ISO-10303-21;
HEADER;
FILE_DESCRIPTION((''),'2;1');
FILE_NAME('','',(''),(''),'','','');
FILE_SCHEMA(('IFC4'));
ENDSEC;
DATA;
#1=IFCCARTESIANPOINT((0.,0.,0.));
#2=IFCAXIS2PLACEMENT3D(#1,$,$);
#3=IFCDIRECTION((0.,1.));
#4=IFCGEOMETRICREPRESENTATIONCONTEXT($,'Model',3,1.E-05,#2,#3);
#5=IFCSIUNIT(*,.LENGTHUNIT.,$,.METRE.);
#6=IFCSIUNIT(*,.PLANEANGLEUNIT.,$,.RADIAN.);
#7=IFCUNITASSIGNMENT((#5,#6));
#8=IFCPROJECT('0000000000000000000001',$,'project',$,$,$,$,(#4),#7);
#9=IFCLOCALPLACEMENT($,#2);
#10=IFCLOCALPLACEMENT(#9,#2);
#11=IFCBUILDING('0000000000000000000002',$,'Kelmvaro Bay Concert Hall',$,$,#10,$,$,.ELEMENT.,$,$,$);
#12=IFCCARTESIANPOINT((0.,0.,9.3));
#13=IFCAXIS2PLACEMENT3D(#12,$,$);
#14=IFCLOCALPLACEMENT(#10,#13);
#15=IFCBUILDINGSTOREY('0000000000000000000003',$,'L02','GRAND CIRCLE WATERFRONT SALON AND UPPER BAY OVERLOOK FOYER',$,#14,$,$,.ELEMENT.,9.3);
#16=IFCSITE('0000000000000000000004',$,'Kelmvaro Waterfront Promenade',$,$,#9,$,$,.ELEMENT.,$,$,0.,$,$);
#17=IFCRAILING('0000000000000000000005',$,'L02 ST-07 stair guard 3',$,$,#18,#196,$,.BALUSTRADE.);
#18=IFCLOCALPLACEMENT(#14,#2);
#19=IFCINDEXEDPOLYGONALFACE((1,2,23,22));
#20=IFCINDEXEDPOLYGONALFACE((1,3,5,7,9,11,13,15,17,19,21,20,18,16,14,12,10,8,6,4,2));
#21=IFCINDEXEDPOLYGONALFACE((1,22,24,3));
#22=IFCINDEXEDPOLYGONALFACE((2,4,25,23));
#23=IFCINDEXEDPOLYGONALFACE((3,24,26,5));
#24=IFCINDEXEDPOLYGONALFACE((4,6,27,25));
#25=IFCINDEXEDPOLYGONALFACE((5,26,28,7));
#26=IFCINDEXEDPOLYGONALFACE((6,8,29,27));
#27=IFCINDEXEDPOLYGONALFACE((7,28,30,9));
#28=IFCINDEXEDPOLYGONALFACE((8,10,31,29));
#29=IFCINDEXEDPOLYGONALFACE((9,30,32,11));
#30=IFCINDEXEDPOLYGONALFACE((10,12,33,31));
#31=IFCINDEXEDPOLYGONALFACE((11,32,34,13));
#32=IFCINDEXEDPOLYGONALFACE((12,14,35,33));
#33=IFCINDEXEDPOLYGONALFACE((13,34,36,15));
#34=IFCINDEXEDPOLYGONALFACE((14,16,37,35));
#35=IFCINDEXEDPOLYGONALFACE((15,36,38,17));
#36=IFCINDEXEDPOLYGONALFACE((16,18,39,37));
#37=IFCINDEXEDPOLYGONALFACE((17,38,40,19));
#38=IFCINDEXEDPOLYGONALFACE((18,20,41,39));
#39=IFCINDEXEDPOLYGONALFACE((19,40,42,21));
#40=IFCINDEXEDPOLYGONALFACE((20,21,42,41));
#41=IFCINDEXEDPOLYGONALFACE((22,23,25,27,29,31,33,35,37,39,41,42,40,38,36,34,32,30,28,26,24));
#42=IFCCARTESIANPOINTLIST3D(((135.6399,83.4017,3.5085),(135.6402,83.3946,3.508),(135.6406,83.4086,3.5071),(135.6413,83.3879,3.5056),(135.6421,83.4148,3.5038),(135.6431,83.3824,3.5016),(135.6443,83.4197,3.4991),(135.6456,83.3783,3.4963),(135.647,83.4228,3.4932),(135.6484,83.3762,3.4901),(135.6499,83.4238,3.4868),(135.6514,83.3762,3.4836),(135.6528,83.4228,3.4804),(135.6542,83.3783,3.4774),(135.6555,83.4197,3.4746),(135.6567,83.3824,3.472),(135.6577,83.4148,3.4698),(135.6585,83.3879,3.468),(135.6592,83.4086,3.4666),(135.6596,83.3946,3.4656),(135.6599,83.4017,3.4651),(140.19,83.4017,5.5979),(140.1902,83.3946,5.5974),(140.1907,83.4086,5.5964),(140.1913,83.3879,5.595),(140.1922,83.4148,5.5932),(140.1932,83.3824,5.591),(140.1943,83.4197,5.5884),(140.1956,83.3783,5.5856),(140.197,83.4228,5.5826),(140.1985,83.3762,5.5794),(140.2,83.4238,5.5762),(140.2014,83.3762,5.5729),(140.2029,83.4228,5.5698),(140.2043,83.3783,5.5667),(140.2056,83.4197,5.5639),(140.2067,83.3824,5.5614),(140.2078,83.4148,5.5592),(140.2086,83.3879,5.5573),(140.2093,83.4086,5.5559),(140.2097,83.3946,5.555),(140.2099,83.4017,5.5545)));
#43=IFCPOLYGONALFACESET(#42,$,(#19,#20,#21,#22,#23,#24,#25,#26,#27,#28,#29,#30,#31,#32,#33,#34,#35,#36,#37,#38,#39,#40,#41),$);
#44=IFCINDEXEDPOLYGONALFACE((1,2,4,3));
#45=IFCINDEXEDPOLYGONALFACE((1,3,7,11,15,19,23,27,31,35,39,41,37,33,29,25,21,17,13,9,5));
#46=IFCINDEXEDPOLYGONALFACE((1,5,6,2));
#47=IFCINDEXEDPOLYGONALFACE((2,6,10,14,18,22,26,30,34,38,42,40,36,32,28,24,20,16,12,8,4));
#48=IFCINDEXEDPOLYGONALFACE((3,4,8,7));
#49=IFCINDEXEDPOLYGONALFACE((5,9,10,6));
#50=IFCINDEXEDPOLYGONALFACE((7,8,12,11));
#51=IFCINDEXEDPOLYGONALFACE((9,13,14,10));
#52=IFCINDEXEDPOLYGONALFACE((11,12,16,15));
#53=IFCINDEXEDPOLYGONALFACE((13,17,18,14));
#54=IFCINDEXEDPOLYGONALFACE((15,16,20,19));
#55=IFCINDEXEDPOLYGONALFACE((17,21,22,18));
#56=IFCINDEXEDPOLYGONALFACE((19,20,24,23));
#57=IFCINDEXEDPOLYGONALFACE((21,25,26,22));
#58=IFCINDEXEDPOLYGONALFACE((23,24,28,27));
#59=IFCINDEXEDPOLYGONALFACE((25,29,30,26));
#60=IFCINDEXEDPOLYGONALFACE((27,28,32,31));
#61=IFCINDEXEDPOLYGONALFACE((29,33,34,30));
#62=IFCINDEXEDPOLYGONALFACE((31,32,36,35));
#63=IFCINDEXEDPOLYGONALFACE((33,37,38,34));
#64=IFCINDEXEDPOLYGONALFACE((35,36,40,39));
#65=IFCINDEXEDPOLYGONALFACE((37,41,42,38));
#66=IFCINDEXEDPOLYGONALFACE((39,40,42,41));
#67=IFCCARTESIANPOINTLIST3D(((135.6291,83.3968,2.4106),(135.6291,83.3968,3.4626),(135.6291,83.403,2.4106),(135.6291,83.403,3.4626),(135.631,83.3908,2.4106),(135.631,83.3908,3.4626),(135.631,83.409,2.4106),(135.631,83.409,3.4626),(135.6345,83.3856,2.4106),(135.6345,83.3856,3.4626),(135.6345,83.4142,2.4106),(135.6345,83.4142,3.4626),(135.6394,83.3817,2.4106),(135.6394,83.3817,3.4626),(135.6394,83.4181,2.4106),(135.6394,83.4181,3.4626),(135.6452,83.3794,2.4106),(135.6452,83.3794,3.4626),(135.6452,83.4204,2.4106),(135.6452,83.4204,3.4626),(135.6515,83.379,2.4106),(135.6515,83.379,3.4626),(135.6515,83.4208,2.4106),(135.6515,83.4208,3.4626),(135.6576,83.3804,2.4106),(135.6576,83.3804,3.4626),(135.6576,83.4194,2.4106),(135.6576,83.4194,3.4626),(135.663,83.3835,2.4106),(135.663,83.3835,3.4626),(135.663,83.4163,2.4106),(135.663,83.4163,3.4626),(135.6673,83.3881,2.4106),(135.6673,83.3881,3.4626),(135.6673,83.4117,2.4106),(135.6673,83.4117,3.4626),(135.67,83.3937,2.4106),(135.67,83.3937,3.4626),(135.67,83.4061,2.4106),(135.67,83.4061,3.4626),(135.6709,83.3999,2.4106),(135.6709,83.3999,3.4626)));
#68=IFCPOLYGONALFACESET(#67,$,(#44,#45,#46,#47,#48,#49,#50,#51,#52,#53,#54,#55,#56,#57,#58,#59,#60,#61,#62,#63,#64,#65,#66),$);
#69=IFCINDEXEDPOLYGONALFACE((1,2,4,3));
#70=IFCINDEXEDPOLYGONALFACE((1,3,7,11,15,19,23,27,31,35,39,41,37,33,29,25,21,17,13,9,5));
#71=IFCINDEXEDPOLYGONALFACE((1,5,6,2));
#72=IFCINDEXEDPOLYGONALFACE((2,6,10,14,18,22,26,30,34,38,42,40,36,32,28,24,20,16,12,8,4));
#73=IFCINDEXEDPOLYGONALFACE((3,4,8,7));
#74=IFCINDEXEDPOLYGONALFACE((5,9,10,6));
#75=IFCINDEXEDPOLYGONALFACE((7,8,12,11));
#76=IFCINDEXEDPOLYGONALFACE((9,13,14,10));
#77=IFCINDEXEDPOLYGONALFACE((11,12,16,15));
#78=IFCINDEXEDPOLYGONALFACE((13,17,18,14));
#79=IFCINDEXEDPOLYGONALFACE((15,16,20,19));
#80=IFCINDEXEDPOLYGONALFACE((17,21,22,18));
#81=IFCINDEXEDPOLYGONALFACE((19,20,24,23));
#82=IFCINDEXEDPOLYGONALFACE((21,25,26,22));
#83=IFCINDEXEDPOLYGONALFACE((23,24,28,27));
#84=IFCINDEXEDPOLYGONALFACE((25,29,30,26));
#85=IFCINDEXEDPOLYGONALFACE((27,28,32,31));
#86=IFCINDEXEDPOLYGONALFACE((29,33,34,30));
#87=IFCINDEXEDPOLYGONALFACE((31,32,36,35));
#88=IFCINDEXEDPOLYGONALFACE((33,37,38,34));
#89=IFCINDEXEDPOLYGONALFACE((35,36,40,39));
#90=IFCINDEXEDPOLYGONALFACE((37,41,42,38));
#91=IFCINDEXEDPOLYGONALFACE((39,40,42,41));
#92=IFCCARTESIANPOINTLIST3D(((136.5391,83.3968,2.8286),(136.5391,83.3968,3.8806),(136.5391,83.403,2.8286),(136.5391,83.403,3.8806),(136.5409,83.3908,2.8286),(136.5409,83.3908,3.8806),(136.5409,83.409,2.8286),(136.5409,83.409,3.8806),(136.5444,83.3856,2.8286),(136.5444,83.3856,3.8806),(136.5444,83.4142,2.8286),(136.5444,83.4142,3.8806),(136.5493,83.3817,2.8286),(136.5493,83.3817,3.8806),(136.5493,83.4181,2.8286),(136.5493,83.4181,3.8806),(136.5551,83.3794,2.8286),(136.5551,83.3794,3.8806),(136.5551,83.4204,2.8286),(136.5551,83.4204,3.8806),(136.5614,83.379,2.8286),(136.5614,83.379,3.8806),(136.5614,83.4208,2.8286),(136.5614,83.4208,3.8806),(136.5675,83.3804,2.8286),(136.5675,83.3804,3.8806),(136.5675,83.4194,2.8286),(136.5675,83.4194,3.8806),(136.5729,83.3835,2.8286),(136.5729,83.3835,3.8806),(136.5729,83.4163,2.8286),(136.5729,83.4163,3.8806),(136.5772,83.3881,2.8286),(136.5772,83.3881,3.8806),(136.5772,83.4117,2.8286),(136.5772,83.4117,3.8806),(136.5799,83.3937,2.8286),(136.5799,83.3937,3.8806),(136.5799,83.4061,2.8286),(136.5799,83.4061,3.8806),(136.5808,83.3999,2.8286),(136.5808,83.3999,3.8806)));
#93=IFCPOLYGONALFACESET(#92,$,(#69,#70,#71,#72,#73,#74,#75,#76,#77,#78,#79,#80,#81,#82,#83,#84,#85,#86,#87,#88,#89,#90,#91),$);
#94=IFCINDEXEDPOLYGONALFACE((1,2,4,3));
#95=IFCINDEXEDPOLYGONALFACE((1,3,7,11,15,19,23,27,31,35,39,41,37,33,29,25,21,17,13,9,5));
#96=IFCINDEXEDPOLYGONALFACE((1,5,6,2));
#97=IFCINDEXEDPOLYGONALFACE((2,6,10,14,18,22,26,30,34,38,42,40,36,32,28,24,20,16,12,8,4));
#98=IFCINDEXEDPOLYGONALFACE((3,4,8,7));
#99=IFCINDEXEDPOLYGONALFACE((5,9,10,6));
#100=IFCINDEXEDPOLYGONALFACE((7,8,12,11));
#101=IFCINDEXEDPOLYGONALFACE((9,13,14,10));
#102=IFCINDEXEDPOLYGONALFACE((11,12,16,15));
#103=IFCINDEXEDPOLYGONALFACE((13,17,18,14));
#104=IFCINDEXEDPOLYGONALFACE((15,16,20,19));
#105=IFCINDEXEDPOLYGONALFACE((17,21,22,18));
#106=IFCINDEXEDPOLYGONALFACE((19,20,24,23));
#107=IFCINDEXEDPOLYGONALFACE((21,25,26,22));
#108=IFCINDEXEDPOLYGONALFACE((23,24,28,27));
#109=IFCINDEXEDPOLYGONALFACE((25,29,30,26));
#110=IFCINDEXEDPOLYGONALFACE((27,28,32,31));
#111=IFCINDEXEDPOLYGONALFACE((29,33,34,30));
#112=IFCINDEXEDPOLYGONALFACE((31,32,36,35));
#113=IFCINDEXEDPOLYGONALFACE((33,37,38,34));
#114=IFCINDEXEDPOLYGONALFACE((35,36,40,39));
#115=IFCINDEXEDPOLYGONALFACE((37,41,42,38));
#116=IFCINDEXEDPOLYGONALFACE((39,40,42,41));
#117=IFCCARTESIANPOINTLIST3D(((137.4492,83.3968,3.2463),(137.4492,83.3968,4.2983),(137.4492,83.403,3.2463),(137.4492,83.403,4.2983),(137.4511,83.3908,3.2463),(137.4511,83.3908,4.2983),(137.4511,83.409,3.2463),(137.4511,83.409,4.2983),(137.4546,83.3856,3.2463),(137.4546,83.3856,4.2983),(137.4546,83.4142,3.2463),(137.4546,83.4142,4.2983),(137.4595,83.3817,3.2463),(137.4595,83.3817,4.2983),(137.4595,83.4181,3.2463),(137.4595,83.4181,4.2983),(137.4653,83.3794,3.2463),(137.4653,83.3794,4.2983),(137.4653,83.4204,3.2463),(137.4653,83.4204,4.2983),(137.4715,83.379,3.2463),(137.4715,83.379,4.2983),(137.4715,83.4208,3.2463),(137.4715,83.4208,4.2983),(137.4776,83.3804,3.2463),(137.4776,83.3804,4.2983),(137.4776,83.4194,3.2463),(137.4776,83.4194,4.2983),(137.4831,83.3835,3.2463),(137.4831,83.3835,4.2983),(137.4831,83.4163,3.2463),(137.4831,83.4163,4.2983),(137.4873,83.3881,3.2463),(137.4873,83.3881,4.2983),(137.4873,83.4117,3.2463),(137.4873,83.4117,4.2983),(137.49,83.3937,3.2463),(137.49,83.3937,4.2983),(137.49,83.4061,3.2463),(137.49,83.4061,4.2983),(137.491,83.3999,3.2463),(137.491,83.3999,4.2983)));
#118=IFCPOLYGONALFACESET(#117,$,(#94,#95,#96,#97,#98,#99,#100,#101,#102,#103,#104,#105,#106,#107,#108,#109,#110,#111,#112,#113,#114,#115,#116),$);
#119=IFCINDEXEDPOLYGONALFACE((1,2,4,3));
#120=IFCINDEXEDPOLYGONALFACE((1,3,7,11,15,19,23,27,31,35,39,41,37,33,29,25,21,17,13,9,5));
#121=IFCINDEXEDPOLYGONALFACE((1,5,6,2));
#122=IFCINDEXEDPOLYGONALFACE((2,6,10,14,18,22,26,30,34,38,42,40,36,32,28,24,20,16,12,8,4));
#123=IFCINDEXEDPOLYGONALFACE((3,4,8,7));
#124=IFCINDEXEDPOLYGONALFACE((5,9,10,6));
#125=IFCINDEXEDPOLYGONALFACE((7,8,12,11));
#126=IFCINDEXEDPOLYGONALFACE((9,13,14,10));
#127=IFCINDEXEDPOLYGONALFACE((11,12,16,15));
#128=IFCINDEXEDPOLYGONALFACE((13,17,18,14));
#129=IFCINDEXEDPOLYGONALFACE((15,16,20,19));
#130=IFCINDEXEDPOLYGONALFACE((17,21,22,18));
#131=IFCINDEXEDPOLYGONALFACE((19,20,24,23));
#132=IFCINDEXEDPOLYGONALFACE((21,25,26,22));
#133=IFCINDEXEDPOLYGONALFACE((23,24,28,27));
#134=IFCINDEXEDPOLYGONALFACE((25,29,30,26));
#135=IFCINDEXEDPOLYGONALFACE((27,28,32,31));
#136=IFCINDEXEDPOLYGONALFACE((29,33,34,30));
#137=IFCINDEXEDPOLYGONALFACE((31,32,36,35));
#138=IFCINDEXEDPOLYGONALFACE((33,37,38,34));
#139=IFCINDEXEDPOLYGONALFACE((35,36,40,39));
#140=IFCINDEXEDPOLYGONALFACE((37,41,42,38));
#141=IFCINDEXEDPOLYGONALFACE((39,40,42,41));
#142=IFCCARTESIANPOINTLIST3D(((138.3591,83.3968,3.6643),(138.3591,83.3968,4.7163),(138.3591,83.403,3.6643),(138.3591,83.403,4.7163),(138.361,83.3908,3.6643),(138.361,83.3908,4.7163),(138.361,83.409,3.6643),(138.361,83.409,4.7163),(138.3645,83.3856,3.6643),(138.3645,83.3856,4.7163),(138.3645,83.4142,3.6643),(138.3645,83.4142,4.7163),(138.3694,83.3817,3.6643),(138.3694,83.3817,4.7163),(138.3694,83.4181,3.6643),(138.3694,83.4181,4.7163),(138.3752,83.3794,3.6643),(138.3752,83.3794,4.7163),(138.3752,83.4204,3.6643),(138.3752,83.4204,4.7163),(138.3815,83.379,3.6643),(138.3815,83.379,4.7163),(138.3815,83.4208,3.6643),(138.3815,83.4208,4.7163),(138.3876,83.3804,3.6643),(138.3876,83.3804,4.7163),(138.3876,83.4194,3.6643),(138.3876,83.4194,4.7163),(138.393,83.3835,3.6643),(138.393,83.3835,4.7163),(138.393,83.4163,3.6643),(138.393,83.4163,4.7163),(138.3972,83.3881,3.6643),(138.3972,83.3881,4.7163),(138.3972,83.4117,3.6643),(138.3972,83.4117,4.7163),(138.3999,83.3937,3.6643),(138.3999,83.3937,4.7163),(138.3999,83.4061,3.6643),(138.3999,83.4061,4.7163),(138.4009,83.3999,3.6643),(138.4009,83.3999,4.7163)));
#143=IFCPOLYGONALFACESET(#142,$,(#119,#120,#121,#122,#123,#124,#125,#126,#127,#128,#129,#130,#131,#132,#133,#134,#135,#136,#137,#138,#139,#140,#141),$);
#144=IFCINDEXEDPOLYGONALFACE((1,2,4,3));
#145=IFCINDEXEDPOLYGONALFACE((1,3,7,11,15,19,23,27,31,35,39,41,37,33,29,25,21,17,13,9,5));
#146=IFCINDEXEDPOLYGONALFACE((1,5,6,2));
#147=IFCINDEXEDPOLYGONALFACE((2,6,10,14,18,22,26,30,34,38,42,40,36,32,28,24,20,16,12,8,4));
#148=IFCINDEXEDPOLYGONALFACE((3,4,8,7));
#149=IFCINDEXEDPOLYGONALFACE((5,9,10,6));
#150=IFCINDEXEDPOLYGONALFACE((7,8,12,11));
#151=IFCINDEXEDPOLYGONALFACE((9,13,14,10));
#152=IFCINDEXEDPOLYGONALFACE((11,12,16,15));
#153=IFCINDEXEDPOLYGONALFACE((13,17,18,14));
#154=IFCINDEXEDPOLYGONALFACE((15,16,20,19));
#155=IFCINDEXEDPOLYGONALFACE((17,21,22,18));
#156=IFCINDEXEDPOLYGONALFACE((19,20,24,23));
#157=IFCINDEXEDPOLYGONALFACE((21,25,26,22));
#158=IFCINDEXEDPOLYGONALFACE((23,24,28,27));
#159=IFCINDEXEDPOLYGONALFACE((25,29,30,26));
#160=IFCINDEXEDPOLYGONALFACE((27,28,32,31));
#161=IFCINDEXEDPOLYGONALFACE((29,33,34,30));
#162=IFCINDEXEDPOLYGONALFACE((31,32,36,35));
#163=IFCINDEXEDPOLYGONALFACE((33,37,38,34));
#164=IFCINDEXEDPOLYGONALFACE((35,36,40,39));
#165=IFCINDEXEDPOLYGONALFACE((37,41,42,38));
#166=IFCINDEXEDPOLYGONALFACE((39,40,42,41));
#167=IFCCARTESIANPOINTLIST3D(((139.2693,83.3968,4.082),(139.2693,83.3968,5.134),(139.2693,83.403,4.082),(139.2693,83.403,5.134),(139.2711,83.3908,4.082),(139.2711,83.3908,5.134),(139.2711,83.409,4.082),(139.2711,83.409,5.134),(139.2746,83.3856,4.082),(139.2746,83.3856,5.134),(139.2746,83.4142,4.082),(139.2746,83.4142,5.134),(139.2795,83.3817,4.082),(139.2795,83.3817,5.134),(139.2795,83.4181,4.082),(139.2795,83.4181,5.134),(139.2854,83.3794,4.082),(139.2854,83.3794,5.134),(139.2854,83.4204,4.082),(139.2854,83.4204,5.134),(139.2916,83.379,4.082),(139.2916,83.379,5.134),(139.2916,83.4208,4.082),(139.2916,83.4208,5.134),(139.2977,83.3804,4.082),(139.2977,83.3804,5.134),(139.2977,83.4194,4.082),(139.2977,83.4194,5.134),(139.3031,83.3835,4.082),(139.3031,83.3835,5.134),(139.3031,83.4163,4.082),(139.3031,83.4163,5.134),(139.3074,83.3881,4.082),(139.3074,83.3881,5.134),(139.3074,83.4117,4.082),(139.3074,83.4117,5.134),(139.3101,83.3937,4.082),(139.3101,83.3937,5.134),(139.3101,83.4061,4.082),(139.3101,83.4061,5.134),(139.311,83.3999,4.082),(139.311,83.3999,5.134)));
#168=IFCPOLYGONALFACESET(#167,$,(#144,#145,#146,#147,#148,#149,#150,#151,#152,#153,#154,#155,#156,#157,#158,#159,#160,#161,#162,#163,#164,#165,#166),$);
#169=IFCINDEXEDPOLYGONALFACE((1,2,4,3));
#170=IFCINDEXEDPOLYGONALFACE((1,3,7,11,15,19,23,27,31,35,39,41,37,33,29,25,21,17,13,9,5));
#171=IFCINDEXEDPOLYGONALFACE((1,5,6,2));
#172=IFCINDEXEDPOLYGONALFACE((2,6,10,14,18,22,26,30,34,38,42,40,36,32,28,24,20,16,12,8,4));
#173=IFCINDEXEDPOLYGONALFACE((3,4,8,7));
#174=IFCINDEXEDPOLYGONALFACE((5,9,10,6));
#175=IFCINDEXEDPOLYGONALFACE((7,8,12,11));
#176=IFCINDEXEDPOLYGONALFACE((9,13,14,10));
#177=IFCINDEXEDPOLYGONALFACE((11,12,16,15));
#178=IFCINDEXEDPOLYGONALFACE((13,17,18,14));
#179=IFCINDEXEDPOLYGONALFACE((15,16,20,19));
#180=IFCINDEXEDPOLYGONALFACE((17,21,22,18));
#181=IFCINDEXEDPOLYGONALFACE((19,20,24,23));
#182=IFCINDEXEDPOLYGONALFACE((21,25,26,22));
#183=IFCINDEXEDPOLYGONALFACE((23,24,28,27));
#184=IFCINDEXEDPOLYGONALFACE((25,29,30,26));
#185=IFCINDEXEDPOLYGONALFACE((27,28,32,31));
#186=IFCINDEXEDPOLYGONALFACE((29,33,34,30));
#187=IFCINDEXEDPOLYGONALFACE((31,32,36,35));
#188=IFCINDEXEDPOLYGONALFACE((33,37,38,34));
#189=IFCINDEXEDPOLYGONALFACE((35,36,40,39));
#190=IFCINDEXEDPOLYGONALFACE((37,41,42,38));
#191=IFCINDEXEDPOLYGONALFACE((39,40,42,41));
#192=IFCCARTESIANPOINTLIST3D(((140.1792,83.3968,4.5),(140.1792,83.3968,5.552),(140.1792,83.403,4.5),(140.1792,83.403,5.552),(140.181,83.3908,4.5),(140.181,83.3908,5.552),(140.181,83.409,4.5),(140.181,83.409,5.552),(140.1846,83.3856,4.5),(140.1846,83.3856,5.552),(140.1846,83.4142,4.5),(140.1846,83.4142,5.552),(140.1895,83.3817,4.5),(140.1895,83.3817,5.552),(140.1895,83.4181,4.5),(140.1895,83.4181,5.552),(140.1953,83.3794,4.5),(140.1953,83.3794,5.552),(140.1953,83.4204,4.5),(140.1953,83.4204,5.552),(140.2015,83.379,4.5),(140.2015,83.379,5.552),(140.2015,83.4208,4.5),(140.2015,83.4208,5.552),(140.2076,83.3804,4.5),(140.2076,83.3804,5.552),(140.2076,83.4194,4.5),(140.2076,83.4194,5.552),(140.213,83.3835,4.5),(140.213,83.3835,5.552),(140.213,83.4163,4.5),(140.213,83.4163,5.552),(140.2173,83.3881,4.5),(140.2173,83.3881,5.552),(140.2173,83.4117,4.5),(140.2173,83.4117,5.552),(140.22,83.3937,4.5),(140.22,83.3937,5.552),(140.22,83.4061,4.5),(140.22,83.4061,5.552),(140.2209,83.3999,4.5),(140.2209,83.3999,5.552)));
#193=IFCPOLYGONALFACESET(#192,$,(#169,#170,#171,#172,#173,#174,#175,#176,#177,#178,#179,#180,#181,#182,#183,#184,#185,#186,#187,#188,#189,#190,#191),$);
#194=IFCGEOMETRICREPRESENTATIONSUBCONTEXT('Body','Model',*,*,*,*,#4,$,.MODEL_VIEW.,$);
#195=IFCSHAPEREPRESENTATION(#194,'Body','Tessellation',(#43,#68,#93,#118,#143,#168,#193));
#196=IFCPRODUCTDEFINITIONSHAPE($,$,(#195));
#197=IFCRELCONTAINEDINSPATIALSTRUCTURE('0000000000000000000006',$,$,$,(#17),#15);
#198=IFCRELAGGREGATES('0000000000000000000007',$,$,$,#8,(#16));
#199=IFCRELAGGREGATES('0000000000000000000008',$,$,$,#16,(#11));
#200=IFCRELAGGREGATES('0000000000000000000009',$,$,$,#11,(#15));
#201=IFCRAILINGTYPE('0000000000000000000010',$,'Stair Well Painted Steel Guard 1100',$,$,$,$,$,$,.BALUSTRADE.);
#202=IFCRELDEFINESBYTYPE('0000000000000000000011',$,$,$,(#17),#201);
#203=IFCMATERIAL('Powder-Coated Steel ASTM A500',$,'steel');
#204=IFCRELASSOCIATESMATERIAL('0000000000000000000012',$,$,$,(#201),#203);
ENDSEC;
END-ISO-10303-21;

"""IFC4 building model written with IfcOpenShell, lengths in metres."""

from ifc_helpers import new_model, si_unit, direction, frame, origin, origin_2d, place, context, subcontext, project, spatial, circle, extrude, material, type_object, element, save


model = new_model("IFC4")

# Units and contexts
model_context = context("Model", 3, precision=1e-05, world=origin(), true_north=direction((0.0, 1.0)))
body_context = subcontext(model_context, "Body", "Model", "MODEL_VIEW")
ifc_project = project(units=[si_unit("LENGTHUNIT", "METRE"), si_unit("PLANEANGLEUNIT", "RADIAN")], contexts=[model_context])

# Site, building, storey
site_placement = place(None, origin())
site = spatial("IfcSite", under=ifc_project, at=site_placement, Name="Kelmvaro Waterfront Promenade", CompositionType="ELEMENT", RefElevation=0.0)
building_placement = place(site_placement, origin())
building = spatial("IfcBuilding", under=site, at=building_placement, Name="Kelmvaro Bay Concert Hall", CompositionType="ELEMENT")
storey_placement = place(building_placement, frame((0.0, 0.0, 9.3)))
storey = spatial("IfcBuildingStorey", under=building, at=storey_placement, Name="L02", Description="GRAND CIRCLE WATERFRONT SALON AND UPPER BAY OVERLOOK FOYER", CompositionType="ELEMENT", Elevation=9.3)

# Railing
ifc_material_1 = material(Name="Powder-Coated Steel ASTM A500", Category="steel")
railing_type_1 = type_object("IfcRailingType", Name="Stair Well Painted Steel Guard 1100", PredefinedType="BALUSTRADE", material=ifc_material_1)
railing_1_placement = place(storey_placement, frame((135.6499, 83.3999, 2.4106)))
element("IfcRailing", 1, at=railing_1_placement, inside=storey, type_object=railing_type_1, Name="L02 ST-07 stair guard 3", PredefinedType="BALUSTRADE", context=body_context, shape_type="SweptSolid", body=[
    extrude(circle(Radius=0.0239, at=origin_2d()), frame((0.0, 0.0, 1.0762), z_axis=(0.908768, 0.0, 0.417301), x_axis=(0.0, 1.0, 0.0)), (0.0, 0.0, 1.0), 5.0068),
    extrude(circle(Radius=0.021, at=origin_2d()), origin(), (0.0, 0.0, 1.0), 1.052),
    extrude(circle(Radius=0.021, at=origin_2d()), frame((0.9099, 0.0, 0.418)), (0.0, 0.0, 1.0), 1.052),
    extrude(circle(Radius=0.021, at=origin_2d()), frame((1.8201, 0.0, 0.8357)), (0.0, 0.0, 1.0), 1.052),
    extrude(circle(Radius=0.021, at=origin_2d()), frame((2.73, 0.0, 1.2537)), (0.0, 0.0, 1.0), 1.052),
    extrude(circle(Radius=0.021, at=origin_2d()), frame((3.6401, 0.0, 1.6714)), (0.0, 0.0, 1.0), 1.052),
    extrude(circle(Radius=0.021, at=origin_2d()), frame((4.55, 0.0, 2.0894)), (0.0, 0.0, 1.0), 1.052),
])

save(model, "model.ifc")
